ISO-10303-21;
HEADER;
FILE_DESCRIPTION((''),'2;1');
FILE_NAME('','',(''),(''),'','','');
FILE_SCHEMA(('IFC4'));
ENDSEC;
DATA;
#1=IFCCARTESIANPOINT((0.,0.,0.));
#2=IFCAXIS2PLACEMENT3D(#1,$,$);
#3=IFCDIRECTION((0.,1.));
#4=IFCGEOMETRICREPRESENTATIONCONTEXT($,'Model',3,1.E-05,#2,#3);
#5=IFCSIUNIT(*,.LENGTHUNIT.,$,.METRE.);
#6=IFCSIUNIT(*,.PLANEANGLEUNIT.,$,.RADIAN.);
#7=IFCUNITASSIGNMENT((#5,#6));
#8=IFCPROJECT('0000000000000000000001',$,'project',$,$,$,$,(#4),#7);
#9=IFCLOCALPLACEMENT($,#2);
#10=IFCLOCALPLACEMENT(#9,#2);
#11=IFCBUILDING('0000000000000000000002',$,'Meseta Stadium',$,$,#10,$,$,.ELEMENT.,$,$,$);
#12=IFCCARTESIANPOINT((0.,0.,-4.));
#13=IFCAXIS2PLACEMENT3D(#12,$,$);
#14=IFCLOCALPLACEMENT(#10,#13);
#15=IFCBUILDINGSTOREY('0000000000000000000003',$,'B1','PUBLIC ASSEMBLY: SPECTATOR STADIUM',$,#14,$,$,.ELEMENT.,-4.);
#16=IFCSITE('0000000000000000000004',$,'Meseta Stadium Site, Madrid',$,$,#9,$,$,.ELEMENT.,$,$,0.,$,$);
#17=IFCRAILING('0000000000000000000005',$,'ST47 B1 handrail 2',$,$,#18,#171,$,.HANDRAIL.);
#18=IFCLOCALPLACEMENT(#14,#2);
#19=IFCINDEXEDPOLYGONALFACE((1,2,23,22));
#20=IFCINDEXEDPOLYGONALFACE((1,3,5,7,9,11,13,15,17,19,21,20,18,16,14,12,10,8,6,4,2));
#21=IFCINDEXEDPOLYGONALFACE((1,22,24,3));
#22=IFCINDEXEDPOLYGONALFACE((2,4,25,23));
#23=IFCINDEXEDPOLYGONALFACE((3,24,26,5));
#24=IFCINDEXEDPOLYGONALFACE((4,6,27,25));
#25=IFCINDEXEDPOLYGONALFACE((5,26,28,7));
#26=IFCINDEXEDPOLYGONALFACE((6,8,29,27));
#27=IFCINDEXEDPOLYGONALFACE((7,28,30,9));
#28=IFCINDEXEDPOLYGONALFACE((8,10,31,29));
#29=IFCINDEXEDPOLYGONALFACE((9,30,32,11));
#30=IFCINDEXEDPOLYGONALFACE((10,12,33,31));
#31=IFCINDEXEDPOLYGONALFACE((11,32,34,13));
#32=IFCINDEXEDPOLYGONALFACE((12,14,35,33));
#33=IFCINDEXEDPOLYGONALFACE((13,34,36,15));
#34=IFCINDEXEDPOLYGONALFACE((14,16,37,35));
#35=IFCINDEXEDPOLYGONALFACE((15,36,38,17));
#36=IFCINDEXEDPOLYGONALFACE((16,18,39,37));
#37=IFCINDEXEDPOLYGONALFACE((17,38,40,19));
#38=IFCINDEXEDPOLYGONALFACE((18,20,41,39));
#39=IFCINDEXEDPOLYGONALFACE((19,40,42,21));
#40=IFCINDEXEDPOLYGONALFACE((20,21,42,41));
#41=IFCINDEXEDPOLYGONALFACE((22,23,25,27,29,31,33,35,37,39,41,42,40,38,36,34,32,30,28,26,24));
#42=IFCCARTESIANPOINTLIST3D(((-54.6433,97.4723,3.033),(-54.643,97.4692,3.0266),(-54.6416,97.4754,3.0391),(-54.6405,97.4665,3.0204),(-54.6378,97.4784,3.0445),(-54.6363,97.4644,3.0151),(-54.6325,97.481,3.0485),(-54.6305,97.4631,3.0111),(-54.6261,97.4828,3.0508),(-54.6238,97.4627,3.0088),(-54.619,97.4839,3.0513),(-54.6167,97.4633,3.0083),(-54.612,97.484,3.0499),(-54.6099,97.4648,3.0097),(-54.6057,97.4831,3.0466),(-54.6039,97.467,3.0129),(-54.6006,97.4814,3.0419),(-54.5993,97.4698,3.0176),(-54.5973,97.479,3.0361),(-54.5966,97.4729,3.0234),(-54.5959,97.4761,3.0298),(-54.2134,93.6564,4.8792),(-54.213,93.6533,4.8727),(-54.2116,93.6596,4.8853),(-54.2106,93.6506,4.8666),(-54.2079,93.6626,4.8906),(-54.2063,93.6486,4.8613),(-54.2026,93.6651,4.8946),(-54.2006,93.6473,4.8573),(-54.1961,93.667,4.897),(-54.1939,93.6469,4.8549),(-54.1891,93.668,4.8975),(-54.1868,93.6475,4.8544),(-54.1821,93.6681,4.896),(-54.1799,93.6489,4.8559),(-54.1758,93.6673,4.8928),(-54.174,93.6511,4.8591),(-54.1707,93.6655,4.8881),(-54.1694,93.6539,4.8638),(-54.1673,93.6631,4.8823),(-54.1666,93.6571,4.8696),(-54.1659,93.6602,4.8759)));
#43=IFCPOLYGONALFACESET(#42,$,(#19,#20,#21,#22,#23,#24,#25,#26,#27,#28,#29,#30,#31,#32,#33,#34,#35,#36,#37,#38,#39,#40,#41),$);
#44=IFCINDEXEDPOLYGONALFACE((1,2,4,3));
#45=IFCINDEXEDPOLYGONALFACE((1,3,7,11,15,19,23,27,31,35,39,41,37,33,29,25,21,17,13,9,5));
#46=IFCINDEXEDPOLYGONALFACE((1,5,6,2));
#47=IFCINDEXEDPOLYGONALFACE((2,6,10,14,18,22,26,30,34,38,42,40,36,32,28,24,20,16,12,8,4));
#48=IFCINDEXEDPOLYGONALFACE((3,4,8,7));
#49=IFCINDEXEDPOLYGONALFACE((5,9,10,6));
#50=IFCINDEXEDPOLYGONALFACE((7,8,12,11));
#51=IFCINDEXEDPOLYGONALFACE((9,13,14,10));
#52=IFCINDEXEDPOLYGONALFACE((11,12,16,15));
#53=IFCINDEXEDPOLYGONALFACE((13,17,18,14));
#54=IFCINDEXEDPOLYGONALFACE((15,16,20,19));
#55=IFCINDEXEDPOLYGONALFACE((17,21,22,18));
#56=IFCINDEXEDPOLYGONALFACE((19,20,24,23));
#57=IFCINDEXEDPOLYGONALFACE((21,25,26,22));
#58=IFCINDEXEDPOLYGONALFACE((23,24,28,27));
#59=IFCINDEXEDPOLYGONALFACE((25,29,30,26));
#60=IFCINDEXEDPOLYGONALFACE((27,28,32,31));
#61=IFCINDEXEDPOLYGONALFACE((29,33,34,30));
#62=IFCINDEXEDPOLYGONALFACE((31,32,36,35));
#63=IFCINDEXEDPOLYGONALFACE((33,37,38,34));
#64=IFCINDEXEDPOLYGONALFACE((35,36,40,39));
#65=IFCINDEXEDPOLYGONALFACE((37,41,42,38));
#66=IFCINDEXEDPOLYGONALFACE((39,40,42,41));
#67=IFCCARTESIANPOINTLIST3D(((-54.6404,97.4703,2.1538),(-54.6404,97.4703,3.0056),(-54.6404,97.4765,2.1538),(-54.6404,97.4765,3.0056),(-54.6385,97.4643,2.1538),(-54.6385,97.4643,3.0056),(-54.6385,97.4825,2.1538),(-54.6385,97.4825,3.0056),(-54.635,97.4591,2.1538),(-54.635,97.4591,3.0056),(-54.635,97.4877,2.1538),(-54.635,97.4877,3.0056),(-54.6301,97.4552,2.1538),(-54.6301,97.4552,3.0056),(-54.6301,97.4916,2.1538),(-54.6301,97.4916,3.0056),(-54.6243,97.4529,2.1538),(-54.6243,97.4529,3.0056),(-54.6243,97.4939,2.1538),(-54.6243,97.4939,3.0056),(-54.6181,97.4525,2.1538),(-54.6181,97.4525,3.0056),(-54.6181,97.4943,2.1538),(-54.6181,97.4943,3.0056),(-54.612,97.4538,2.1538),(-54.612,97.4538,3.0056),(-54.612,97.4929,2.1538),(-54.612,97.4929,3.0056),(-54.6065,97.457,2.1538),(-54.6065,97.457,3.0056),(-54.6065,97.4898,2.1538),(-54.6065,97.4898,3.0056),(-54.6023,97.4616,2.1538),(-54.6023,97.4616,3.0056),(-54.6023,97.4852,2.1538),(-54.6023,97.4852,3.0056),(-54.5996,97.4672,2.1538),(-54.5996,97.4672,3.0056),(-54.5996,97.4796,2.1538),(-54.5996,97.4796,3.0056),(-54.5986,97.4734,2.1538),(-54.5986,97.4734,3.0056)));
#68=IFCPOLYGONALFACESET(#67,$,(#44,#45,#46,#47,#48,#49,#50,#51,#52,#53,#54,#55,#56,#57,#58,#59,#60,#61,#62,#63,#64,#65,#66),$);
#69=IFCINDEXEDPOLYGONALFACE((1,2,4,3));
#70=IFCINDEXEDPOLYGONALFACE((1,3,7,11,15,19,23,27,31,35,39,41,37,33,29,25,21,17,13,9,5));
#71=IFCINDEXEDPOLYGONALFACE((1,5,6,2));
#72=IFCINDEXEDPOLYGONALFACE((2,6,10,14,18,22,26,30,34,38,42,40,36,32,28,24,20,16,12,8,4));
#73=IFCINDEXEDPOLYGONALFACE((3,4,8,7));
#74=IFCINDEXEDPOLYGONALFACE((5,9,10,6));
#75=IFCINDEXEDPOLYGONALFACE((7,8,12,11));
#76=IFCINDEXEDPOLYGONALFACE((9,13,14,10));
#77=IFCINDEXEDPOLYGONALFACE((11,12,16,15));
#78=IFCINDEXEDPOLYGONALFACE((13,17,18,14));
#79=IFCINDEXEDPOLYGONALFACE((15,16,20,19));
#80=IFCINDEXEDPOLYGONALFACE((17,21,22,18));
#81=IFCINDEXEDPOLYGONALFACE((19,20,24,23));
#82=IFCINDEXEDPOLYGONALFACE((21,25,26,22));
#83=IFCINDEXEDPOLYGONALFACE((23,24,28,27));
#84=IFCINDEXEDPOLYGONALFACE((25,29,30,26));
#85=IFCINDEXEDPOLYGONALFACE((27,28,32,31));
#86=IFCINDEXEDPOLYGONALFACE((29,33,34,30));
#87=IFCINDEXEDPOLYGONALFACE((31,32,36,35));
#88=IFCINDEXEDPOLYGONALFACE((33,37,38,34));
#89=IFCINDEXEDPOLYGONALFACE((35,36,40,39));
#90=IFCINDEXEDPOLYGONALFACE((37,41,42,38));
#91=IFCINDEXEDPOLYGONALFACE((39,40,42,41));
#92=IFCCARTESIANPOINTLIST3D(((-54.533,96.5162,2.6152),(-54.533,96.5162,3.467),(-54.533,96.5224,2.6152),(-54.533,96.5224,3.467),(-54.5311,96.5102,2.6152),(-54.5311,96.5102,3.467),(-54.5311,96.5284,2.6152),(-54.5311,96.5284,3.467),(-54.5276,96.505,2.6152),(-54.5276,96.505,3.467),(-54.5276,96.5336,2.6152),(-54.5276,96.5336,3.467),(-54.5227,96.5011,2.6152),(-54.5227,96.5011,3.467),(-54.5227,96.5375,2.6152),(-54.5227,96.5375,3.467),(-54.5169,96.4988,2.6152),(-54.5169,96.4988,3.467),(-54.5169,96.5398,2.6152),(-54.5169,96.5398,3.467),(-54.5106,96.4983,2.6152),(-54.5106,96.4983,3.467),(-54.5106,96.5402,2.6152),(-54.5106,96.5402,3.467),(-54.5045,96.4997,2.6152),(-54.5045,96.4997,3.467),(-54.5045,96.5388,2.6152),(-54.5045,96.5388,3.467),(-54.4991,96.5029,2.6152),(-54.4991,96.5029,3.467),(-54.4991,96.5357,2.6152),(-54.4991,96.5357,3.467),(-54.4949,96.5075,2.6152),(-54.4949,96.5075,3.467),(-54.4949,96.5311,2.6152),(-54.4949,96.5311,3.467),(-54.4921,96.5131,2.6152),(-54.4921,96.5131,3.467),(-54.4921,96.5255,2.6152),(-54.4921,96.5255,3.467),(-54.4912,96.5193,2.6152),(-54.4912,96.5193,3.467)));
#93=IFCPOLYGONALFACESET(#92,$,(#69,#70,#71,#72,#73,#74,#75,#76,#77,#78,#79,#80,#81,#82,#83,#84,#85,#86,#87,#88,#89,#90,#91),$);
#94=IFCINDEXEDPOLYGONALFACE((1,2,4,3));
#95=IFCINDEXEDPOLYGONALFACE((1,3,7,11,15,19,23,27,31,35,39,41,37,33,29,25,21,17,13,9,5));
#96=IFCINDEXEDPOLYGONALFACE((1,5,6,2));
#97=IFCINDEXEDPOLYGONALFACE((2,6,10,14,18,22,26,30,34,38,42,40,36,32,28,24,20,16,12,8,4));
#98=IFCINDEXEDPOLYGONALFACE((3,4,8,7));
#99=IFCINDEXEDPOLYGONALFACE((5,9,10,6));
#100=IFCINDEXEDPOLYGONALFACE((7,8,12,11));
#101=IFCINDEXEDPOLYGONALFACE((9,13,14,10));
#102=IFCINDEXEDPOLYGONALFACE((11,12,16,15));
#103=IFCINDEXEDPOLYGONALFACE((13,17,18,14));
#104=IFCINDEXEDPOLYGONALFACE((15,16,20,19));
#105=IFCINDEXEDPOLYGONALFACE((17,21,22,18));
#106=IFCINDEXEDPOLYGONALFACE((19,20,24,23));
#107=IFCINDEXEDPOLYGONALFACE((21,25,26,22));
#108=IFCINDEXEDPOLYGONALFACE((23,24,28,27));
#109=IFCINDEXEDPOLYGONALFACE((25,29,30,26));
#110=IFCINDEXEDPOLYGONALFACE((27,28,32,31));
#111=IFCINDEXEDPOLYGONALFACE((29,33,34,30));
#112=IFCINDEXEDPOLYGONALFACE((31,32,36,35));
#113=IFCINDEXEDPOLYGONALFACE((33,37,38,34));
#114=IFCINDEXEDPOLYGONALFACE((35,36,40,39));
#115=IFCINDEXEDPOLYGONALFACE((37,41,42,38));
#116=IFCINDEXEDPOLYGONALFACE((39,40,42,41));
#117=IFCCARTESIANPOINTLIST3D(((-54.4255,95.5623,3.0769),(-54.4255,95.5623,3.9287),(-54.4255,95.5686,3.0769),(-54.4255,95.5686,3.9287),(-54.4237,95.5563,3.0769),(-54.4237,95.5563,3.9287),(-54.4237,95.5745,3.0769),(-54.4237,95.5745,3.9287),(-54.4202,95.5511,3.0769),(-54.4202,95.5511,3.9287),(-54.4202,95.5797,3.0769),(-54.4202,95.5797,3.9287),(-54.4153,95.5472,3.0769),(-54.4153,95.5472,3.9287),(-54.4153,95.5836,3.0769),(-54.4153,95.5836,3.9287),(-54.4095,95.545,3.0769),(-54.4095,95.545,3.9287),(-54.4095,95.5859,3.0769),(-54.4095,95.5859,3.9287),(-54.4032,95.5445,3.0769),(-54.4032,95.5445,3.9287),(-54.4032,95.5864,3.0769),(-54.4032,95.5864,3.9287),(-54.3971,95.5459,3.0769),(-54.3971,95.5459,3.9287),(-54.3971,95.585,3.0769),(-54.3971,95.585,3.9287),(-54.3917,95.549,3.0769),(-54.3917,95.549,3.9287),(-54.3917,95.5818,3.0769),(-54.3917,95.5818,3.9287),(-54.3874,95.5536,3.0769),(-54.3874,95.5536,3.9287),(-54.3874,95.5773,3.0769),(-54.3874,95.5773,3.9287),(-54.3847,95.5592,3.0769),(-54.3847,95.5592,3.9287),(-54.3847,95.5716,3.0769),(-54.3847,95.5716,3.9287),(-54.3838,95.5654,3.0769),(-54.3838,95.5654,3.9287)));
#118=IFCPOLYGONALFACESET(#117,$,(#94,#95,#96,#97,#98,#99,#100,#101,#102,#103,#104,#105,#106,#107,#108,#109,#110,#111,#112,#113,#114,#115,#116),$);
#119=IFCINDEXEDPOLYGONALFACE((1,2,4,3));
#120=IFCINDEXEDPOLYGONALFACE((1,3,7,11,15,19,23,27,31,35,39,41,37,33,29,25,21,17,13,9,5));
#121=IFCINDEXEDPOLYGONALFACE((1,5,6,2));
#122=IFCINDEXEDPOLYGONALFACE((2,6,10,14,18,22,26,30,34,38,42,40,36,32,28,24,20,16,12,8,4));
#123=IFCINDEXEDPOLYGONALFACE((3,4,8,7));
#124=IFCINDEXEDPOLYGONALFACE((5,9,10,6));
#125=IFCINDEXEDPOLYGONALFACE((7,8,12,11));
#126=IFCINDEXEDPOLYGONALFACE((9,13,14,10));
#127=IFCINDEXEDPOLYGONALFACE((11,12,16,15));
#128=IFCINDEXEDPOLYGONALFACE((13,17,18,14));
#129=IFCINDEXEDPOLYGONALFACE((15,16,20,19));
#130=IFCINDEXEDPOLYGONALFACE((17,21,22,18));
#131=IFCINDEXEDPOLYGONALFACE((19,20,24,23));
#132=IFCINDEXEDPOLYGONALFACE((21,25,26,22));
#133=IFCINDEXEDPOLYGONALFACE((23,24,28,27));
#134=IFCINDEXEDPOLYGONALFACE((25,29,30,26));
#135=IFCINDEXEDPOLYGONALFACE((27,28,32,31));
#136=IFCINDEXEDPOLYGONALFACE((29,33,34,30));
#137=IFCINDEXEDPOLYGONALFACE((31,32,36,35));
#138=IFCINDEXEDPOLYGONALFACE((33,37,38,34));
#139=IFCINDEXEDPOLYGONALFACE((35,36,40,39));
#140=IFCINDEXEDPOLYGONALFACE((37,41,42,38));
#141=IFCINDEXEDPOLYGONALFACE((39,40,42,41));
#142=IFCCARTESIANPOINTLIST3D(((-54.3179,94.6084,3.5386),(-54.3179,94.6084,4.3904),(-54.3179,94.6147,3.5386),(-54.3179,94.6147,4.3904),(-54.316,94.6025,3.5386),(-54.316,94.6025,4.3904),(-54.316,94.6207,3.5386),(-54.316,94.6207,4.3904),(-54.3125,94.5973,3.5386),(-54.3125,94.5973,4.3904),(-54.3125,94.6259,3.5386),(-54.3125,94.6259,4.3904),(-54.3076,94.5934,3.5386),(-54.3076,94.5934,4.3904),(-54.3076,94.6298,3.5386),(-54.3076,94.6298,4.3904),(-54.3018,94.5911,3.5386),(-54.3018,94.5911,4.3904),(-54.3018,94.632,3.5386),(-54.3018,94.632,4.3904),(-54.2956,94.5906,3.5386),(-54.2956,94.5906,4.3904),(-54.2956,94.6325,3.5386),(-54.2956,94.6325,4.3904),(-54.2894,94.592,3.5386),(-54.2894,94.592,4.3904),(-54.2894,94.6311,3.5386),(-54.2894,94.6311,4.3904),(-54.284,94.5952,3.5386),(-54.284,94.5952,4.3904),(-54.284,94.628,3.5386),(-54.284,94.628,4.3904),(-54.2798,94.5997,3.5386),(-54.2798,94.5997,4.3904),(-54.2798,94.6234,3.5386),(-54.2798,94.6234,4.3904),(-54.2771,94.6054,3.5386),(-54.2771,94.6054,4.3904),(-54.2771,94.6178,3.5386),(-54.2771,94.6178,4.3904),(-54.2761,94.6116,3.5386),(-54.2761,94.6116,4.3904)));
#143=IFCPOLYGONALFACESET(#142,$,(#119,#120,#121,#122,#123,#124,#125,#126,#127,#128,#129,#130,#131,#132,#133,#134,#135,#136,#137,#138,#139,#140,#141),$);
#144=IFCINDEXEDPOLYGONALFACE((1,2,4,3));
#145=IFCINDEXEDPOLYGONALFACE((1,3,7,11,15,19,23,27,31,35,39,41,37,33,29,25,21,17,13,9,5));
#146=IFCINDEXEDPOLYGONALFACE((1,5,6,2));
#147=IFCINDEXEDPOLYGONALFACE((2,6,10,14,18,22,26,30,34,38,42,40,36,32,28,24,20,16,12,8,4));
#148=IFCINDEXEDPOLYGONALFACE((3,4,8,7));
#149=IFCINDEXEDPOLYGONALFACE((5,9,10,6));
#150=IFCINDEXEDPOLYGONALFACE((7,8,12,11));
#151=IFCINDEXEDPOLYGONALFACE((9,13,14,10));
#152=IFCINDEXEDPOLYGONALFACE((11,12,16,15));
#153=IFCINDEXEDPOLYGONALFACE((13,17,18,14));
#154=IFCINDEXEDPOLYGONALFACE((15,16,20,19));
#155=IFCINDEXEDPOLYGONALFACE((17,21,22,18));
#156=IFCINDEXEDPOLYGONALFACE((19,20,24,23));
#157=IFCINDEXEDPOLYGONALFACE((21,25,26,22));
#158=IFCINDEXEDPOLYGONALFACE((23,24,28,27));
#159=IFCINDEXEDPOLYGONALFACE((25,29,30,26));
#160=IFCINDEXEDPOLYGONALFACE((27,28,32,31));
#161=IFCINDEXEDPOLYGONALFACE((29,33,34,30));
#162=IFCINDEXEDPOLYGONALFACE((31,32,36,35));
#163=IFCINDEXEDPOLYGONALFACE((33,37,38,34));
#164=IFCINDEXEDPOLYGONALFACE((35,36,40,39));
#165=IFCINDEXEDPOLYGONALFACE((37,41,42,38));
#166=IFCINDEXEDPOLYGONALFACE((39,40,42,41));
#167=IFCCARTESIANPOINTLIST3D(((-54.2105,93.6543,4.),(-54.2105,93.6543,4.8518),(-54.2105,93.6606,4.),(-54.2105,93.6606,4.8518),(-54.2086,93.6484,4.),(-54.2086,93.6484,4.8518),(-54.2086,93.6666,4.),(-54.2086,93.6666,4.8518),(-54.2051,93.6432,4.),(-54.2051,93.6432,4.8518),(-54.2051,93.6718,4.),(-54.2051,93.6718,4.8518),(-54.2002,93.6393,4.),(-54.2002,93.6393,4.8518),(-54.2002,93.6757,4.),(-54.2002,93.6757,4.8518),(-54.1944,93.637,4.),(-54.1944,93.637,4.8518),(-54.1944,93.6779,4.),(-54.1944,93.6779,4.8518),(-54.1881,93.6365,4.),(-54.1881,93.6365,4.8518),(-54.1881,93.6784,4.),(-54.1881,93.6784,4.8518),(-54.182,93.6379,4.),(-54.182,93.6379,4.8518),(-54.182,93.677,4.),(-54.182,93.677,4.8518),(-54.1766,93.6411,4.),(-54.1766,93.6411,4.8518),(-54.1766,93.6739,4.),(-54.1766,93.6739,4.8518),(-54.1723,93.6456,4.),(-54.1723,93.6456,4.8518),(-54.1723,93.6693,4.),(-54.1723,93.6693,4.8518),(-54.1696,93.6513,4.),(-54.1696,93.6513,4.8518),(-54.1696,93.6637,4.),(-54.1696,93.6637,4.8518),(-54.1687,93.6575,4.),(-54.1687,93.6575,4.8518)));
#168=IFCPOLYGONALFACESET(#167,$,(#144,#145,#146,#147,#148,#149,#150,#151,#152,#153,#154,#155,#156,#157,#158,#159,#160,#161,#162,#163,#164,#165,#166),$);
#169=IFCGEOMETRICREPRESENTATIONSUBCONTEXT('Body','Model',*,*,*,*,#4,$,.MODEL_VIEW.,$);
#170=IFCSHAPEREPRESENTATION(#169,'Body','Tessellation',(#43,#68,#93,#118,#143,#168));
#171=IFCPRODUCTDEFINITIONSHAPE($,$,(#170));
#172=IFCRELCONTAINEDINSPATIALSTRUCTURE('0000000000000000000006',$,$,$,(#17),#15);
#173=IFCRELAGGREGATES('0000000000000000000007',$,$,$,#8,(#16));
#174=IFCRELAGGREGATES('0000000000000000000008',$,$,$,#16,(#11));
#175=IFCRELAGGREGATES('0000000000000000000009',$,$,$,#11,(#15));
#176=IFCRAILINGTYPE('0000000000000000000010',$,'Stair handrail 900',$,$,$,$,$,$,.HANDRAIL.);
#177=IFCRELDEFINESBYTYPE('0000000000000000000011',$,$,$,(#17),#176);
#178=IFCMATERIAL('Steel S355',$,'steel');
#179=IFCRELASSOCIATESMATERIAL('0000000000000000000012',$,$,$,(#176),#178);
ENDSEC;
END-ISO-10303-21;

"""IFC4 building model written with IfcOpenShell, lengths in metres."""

from ifc_helpers import new_model, si_unit, direction, frame, origin, origin_2d, place, context, subcontext, project, spatial, circle, extrude, material, type_object, element, save


model = new_model("IFC4")

# Units and contexts
model_context = context("Model", 3, precision=1e-05, world=origin(), true_north=direction((0.0, 1.0)))
body_context = subcontext(model_context, "Body", "Model", "MODEL_VIEW")
ifc_project = project(units=[si_unit("LENGTHUNIT", "METRE"), si_unit("PLANEANGLEUNIT", "RADIAN")], contexts=[model_context])

# Site, building, storey
site_placement = place(None, origin())
site = spatial("IfcSite", under=ifc_project, at=site_placement, Name="Meseta Stadium Site, Madrid", CompositionType="ELEMENT", RefElevation=0.0)
building_placement = place(site_placement, origin())
building = spatial("IfcBuilding", under=site, at=building_placement, Name="Meseta Stadium", CompositionType="ELEMENT")
storey_placement = place(building_placement, frame((0.0, 0.0, -4.0)))
storey = spatial("IfcBuildingStorey", under=building, at=storey_placement, Name="B1", Description="PUBLIC ASSEMBLY: SPECTATOR STADIUM", CompositionType="ELEMENT", Elevation=-4.0)

# Railing
ifc_material_1 = material(Name="Steel S355", Category="steel")
railing_type_1 = type_object("IfcRailingType", Name="Stair handrail 900", PredefinedType="HANDRAIL", material=ifc_material_1)
for number, where, name in (
    (1, (-54.6196, 97.4734, 2.1538), "ST47 B1 handrail 2"),
):
    element("IfcRailing", number, at=place(storey_placement, frame(where)), inside=storey, type_object=railing_type_1, Name=name, PredefinedType="HANDRAIL", context=body_context, shape_type="SweptSolid", body=[
        extrude(circle(Radius=0.0239, at=origin_2d()), frame((0.0, 0.0, 0.876), z_axis=(0.100904, -0.895585, 0.433296), x_axis=(0.993713, 0.11196, 0.0)), (0.0, 0.0, 1.0), 4.2607),
        extrude(circle(Radius=0.021, at=origin_2d()), origin(), (0.0, 0.0, 1.0), 0.8518),
        extrude(circle(Radius=0.021, at=origin_2d()), frame((0.1074, -0.9541, 0.4614)), (0.0, 0.0, 1.0), 0.8518),
        extrude(circle(Radius=0.021, at=origin_2d()), frame((0.2148, -1.908, 0.9231)), (0.0, 0.0, 1.0), 0.8518),
        extrude(circle(Radius=0.021, at=origin_2d()), frame((0.3225, -2.8618, 1.3848)), (0.0, 0.0, 1.0), 0.8518),
        extrude(circle(Radius=0.021, at=origin_2d()), frame((0.4299, -3.8159, 1.8462)), (0.0, 0.0, 1.0), 0.8518),
    ])

save(model, "model.ifc")
